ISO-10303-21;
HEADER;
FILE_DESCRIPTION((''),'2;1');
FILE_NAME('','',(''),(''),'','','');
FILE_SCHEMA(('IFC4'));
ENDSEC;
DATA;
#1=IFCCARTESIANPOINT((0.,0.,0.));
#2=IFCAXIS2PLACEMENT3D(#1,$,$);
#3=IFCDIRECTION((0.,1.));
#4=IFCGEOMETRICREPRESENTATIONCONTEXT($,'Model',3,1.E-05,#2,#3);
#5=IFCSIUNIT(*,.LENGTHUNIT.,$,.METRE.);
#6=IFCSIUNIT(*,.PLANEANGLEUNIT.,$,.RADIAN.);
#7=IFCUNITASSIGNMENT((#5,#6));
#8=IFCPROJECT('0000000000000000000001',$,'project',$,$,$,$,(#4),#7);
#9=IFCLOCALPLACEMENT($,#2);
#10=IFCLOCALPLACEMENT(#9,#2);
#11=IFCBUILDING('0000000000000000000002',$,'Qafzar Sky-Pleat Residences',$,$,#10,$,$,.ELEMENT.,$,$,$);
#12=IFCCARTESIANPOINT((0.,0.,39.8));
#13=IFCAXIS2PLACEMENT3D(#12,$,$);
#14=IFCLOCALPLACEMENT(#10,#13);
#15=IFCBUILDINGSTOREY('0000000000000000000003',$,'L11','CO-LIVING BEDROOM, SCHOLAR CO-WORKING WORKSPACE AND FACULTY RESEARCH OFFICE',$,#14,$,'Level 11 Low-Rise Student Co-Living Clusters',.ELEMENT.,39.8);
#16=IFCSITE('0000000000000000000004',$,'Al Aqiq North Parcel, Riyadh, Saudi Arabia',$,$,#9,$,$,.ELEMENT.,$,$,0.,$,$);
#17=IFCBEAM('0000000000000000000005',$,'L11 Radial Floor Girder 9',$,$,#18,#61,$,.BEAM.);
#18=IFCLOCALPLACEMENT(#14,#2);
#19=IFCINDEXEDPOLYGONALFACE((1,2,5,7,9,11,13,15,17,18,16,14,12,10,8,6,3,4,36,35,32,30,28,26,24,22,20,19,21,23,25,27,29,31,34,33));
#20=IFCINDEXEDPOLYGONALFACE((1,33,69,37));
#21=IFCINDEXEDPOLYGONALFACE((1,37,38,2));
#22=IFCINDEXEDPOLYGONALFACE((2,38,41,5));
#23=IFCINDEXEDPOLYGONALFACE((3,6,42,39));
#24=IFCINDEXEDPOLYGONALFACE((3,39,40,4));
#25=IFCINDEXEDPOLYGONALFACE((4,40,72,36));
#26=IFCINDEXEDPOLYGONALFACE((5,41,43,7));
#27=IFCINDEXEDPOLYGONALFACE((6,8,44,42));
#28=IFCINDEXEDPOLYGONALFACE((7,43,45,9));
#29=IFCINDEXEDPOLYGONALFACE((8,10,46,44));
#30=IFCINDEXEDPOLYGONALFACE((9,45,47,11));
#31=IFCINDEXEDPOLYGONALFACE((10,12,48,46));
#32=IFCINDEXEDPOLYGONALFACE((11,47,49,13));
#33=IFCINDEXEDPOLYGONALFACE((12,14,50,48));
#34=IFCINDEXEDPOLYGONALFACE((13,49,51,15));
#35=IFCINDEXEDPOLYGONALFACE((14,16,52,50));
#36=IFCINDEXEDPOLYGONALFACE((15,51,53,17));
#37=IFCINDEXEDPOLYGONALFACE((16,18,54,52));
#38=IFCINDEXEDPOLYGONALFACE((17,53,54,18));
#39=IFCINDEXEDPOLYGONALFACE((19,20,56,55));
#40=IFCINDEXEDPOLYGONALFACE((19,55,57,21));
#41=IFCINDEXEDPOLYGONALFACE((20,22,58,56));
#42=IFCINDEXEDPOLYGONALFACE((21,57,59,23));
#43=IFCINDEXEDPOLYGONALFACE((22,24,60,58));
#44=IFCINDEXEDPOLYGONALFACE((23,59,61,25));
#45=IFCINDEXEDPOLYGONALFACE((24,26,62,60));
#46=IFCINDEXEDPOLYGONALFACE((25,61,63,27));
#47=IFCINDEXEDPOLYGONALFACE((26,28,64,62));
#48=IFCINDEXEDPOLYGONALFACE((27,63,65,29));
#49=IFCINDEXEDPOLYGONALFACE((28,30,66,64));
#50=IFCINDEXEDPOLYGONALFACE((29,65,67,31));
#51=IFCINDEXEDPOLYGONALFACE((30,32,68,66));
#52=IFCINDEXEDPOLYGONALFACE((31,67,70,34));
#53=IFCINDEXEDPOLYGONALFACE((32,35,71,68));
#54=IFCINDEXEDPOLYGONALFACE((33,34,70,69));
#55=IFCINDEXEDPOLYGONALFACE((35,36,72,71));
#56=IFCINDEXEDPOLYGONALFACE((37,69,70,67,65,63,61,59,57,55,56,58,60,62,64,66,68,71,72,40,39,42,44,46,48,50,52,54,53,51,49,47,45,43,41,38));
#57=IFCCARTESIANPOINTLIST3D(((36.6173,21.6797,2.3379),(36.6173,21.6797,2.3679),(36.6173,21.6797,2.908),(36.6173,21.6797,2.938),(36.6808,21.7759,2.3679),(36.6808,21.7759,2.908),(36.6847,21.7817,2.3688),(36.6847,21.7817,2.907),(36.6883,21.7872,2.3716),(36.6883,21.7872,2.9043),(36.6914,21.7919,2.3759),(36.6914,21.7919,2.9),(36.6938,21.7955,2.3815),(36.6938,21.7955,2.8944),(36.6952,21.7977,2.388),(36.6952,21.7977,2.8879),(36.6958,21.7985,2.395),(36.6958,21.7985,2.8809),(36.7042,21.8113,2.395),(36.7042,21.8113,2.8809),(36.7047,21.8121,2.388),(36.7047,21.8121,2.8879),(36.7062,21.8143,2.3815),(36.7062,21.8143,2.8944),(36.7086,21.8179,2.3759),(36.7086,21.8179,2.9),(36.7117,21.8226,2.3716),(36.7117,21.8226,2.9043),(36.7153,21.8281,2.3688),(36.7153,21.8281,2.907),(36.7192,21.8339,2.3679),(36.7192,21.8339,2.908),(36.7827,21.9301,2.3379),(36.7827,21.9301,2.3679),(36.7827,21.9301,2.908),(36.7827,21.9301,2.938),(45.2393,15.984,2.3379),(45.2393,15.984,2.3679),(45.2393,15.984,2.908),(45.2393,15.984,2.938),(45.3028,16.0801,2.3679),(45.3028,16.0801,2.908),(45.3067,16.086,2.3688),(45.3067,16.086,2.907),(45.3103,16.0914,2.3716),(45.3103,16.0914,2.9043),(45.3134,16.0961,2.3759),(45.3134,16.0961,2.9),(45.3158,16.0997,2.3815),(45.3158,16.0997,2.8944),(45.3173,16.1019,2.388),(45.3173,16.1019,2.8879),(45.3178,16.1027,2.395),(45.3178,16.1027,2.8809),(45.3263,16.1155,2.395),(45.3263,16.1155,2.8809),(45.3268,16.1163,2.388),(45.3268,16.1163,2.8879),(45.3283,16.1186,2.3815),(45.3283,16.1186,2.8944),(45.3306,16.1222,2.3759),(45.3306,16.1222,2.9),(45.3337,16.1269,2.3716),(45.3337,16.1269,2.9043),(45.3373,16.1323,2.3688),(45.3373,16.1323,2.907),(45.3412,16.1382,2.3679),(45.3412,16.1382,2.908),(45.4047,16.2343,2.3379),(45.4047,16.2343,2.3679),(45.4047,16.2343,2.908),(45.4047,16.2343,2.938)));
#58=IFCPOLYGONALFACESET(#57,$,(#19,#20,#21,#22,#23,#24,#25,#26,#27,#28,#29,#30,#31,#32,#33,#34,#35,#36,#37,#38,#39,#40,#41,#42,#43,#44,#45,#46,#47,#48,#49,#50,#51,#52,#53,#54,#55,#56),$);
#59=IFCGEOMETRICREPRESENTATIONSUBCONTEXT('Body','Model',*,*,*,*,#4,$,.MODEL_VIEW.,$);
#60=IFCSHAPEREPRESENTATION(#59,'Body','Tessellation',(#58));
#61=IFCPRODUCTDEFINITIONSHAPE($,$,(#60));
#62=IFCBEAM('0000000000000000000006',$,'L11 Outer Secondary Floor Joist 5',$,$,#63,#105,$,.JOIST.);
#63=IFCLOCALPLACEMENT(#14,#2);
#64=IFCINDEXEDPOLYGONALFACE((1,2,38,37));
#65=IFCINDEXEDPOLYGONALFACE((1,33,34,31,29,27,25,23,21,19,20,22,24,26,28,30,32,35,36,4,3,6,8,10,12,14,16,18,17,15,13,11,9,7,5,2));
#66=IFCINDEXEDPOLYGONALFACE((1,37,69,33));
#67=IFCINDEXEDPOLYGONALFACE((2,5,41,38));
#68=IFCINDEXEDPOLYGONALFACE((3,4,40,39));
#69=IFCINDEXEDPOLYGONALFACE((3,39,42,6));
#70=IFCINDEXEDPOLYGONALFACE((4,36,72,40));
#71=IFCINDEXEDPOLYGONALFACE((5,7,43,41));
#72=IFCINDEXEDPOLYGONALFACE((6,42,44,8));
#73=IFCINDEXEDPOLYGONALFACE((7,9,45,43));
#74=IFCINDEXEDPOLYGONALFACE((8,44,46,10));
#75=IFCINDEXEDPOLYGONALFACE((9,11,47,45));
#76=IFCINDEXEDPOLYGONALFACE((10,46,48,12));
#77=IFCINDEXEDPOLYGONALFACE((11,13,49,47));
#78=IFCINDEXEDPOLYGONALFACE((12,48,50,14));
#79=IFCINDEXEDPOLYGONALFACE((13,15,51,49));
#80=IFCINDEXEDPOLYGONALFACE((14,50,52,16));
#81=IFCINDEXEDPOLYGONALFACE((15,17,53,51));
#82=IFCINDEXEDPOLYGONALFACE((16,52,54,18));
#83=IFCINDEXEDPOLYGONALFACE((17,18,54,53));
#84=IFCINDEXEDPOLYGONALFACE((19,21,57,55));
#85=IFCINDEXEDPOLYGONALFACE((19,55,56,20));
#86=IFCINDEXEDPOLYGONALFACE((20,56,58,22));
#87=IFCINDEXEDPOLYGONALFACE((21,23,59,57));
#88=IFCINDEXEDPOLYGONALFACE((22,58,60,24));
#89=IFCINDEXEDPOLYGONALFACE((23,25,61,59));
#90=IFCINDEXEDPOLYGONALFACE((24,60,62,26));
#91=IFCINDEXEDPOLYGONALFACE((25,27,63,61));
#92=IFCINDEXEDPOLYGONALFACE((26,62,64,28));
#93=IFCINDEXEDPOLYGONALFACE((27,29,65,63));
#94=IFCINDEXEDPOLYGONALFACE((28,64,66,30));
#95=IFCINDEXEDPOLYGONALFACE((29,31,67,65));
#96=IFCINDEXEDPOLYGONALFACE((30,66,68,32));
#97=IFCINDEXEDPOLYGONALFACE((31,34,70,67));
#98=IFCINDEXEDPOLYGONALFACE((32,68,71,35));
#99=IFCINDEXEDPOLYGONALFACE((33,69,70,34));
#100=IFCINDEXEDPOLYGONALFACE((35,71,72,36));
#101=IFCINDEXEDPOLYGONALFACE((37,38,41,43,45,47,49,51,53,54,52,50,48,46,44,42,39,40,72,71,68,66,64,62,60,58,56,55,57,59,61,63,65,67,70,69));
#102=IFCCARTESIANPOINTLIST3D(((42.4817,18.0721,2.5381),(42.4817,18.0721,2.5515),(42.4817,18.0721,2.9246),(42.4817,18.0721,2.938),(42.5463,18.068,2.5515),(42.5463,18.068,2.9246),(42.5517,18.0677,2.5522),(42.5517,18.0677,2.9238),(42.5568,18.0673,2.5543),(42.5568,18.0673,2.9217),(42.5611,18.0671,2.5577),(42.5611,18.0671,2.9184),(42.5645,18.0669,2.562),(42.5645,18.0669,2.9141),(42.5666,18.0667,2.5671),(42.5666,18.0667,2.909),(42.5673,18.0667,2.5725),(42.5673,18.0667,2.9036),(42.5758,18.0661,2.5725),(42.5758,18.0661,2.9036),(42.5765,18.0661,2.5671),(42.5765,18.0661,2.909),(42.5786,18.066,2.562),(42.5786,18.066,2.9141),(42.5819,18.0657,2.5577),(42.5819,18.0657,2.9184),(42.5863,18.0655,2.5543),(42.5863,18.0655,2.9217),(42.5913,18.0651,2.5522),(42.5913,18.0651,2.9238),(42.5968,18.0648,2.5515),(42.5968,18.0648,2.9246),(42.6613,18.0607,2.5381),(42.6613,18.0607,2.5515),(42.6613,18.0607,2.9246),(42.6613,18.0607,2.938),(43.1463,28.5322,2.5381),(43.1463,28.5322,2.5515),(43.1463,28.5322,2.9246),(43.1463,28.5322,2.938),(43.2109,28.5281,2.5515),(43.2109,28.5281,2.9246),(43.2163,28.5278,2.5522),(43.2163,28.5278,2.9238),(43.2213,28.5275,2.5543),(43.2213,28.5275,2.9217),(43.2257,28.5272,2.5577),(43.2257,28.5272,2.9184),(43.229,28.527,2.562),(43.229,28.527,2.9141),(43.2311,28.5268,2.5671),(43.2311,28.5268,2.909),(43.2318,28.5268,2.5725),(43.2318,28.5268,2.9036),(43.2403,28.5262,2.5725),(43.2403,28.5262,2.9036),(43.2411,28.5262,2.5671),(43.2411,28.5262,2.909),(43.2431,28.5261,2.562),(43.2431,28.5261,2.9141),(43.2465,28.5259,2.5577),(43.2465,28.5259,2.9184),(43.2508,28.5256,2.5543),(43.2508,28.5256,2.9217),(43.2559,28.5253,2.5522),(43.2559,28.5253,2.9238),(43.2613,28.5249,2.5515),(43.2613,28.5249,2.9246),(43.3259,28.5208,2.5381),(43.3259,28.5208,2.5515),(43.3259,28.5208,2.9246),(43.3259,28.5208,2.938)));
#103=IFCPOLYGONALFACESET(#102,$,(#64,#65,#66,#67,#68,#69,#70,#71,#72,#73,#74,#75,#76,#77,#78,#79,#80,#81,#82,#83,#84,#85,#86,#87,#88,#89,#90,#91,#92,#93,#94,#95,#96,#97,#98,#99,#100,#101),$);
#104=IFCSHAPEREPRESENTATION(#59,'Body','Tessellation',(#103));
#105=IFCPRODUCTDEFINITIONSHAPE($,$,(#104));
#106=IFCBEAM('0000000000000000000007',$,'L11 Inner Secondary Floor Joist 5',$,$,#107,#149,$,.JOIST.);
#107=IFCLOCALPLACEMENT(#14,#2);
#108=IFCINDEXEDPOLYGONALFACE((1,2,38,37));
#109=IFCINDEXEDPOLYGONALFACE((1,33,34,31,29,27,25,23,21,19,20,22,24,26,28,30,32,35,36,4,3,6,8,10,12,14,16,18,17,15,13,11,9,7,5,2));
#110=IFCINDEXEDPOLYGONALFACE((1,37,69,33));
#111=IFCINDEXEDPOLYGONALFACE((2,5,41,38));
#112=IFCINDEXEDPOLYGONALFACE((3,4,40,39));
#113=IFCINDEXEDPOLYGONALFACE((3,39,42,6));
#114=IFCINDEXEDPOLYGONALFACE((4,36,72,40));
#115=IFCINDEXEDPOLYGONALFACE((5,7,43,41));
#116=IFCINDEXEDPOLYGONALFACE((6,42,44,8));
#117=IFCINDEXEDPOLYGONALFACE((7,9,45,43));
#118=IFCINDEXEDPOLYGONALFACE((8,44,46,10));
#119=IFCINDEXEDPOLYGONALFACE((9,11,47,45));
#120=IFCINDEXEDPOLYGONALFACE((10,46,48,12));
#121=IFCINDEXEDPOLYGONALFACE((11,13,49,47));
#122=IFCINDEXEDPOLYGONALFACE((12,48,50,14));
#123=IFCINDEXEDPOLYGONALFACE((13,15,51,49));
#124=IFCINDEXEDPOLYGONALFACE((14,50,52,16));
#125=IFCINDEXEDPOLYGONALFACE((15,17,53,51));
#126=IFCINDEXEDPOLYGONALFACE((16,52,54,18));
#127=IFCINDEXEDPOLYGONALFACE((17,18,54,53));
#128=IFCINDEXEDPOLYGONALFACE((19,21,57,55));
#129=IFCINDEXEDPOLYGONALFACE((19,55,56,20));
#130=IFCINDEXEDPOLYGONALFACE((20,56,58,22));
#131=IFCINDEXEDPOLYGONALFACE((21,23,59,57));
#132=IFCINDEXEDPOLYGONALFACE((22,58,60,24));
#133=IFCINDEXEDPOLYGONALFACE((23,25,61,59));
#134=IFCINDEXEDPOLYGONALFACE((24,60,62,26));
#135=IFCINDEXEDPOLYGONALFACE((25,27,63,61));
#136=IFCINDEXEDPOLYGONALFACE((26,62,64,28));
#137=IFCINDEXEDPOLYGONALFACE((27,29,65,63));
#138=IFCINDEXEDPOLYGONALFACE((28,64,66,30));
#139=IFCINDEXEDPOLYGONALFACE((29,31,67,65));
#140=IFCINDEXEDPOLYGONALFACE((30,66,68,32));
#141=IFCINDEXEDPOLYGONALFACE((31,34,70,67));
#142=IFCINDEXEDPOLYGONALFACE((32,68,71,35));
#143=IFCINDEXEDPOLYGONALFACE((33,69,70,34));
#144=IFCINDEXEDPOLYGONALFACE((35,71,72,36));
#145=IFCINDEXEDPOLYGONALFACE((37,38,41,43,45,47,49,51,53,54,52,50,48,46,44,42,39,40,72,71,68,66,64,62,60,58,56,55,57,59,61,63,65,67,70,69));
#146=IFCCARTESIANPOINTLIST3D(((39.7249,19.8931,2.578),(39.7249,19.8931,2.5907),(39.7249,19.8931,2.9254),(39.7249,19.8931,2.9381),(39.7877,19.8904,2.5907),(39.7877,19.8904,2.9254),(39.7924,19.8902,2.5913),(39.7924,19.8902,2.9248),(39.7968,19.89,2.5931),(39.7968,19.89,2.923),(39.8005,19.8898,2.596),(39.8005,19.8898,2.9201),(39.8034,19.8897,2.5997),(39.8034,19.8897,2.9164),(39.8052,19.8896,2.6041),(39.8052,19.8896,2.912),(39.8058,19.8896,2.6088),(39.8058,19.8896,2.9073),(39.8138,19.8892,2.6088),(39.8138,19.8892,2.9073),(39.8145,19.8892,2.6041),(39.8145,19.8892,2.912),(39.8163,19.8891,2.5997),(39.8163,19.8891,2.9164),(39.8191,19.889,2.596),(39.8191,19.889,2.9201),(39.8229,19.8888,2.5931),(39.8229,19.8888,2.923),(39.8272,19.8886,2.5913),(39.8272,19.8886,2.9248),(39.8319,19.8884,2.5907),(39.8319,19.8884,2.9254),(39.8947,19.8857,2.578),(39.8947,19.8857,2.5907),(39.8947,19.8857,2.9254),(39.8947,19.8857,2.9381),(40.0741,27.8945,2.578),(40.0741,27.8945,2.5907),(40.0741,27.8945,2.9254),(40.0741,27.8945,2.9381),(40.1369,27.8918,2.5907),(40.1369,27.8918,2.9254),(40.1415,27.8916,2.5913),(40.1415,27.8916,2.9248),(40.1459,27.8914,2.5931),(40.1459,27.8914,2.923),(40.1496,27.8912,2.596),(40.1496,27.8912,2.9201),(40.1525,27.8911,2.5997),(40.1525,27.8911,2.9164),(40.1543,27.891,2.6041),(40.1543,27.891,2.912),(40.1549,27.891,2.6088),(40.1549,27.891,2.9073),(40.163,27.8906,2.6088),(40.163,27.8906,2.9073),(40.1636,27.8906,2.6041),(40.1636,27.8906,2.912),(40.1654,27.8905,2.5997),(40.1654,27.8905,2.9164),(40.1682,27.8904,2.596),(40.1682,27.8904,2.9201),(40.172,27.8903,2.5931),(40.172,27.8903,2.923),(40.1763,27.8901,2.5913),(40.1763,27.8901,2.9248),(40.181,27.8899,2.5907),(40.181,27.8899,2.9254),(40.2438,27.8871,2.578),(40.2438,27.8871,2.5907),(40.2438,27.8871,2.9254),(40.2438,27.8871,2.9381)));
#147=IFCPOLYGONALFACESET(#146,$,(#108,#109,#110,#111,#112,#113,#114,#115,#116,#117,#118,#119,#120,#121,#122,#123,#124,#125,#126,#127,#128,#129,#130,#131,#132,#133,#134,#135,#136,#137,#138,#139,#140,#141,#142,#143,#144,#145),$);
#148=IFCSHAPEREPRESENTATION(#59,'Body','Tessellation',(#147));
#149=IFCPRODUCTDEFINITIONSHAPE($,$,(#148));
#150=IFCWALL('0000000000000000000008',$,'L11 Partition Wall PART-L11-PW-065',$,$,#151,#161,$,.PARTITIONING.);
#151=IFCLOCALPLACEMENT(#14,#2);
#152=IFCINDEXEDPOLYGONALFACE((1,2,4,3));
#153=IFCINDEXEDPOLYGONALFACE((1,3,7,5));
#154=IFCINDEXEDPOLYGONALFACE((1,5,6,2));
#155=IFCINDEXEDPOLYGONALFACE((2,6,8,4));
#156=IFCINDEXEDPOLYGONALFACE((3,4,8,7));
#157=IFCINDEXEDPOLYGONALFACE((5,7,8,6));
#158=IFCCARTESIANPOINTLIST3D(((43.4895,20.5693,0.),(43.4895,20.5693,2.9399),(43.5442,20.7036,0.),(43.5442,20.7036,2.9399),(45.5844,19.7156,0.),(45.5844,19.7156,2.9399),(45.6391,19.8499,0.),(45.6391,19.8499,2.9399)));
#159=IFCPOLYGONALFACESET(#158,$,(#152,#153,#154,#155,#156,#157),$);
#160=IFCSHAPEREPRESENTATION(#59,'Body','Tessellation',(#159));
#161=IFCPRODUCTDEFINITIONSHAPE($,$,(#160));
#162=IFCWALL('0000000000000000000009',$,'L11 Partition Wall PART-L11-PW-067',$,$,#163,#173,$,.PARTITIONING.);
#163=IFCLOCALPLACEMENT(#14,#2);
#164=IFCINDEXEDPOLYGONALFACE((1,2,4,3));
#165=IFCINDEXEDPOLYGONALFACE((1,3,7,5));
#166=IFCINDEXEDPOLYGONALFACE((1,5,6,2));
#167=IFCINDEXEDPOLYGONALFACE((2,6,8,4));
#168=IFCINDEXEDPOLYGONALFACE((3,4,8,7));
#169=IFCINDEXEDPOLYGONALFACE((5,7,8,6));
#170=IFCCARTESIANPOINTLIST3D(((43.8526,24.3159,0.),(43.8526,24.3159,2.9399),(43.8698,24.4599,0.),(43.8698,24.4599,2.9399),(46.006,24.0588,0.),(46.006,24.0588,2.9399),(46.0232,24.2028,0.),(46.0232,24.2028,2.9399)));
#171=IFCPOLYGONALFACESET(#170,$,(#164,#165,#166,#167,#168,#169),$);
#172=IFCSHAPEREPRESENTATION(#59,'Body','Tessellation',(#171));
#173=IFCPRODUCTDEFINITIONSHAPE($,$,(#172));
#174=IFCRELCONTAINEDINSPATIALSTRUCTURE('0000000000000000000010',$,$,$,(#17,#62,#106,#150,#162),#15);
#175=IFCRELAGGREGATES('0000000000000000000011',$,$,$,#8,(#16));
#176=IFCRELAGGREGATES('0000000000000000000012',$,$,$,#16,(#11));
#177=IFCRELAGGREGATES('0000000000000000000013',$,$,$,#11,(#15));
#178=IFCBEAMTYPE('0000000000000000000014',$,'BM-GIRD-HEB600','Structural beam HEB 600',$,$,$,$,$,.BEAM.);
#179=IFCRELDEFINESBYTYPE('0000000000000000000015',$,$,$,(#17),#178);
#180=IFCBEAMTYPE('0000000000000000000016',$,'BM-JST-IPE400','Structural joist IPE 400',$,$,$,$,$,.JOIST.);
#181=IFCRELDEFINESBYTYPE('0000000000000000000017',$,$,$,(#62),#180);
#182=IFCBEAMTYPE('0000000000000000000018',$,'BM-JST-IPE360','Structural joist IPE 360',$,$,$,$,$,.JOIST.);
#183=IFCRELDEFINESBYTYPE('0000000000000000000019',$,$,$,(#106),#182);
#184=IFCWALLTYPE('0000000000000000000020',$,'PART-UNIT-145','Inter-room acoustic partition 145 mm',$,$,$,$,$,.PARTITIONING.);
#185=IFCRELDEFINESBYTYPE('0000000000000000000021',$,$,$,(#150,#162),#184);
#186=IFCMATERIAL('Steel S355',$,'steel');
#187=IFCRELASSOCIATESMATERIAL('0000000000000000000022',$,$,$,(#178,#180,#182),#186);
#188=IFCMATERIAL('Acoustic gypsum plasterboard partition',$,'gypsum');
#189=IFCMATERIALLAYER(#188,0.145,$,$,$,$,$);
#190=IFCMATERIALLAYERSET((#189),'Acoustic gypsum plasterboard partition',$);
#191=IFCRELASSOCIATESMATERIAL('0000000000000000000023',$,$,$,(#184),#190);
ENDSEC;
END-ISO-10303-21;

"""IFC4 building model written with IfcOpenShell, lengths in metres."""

from ifc_helpers import new_model, si_unit, direction, frame, frame_2d, origin, origin_2d, place, context, subcontext, project, spatial, rectangle, i_section, extrude, source, transform, mapped, material, layer, layer_set, material_profile, profile_set, type_object, element, save


model = new_model("IFC4")

# Units and contexts
model_context = context("Model", 3, precision=1e-05, world=origin(), true_north=direction((0.0, 1.0)))
body_context = subcontext(model_context, "Body", "Model", "MODEL_VIEW")
ifc_project = project(units=[si_unit("LENGTHUNIT", "METRE"), si_unit("PLANEANGLEUNIT", "RADIAN")], contexts=[model_context])

# Site, building, storey
site_placement = place(None, origin())
site = spatial("IfcSite", under=ifc_project, at=site_placement, Name="Al Aqiq North Parcel, Riyadh, Saudi Arabia", CompositionType="ELEMENT", RefElevation=0.0)
building_placement = place(site_placement, origin())
building = spatial("IfcBuilding", under=site, at=building_placement, Name="Qafzar Sky-Pleat Residences", CompositionType="ELEMENT")
storey_placement = place(building_placement, frame((0.0, 0.0, 39.8)))
storey = spatial("IfcBuildingStorey", under=building, at=storey_placement, Name="L11", Description="CO-LIVING BEDROOM, SCHOLAR CO-WORKING WORKSPACE AND FACULTY RESEARCH OFFICE", LongName="Level 11 Low-Rise Student Co-Living Clusters", CompositionType="ELEMENT", Elevation=39.8)

# Beams
ifc_material_1 = material(Name="Steel S355", Category="steel")
ifc_material_profile_1 = material_profile(ifc_material_1, i_section(OverallWidth=0.3, OverallDepth=0.6001, WebThickness=0.0154, FlangeThickness=0.03, FilletRadius=0.0271, at=origin_2d()), Name="HEB 600")
ifc_profile_set_1 = profile_set([ifc_material_profile_1], Name="Steel S355")
beam_type_1 = type_object("IfcBeamType", Name="BM-GIRD-HEB600", Description="Structural beam HEB 600", PredefinedType="BEAM", material=ifc_profile_set_1)
shared_shape_1 = source(origin(), body_context, "Body", "SweptSolid", [
    extrude(i_section(OverallWidth=0.3, OverallDepth=0.6001, WebThickness=0.0154, FlangeThickness=0.03, FilletRadius=0.0271, at=origin_2d()), origin(), (0.0, 0.0, 1.0), 10.3335),
])
beam_1_placement = place(storey_placement, frame((45.322, 16.1091, 2.6379), z_axis=(-0.834376, 0.551195, 0.0), x_axis=(-0.551195, -0.834376, 0.0)))
element("IfcBeam", 1, at=beam_1_placement, inside=storey, type_object=beam_type_1, Name="L11 Radial Floor Girder 9", PredefinedType="BEAM", context=body_context, shape_type="MappedRepresentation", body=[
    mapped(shared_shape_1, transform((0.0, 0.0, 0.0), x_axis=(1.0, 0.0, 0.0), y_axis=(0.0, 1.0, 0.0), z_axis=(0.0, 0.0, 1.0), scale=1.0)),
])
ifc_material_profile_2 = material_profile(ifc_material_1, i_section(OverallWidth=0.1799, OverallDepth=0.3999, WebThickness=0.0085, FlangeThickness=0.0134, FilletRadius=0.021, at=origin_2d()), Name="IPE 400")
ifc_profile_set_2 = profile_set([ifc_material_profile_2], Name="Steel S355")
beam_type_2 = type_object("IfcBeamType", Name="BM-JST-IPE400", Description="Structural joist IPE 400", PredefinedType="JOIST", material=ifc_profile_set_2)
shared_shape_2 = source(origin(), body_context, "Body", "SweptSolid", [
    extrude(i_section(OverallWidth=0.1799, OverallDepth=0.3999, WebThickness=0.0085, FlangeThickness=0.0134, FilletRadius=0.021, at=origin_2d()), origin(), (0.0, 0.0, 1.0), 10.4812),
])
beam_2_placement = place(storey_placement, frame((42.5715, 18.0664, 2.738), z_axis=(0.063404, 0.997988, 0.0), x_axis=(-0.997988, 0.063404, 0.0)))
element("IfcBeam", 2, at=beam_2_placement, inside=storey, type_object=beam_type_2, Name="L11 Outer Secondary Floor Joist 5", PredefinedType="JOIST", context=body_context, shape_type="MappedRepresentation", body=[
    mapped(shared_shape_2, transform((0.0, 0.0, 0.0), x_axis=(1.0, 0.0, 0.0), y_axis=(0.0, 1.0, 0.0), z_axis=(0.0, 0.0, 1.0), scale=1.0)),
])
ifc_material_profile_3 = material_profile(ifc_material_1, i_section(OverallWidth=0.1699, OverallDepth=0.3601, WebThickness=0.0081, FlangeThickness=0.0127, FilletRadius=0.0181, at=origin_2d()), Name="IPE 360")
ifc_profile_set_3 = profile_set([ifc_material_profile_3], Name="Steel S355")
beam_type_3 = type_object("IfcBeamType", Name="BM-JST-IPE360", Description="Structural joist IPE 360", PredefinedType="JOIST", material=ifc_profile_set_3)
shared_shape_3 = source(origin(), body_context, "Body", "SweptSolid", [
    extrude(i_section(OverallWidth=0.1699, OverallDepth=0.3601, WebThickness=0.0081, FlangeThickness=0.0127, FilletRadius=0.0181, at=origin_2d()), origin(), (0.0, 0.0, 1.0), 8.009),
])
beam_3_placement = place(storey_placement, frame((39.8098, 19.8894, 2.7581), z_axis=(0.043591, 0.999049, 0.0), x_axis=(-0.999049, 0.043591, 0.0)))
element("IfcBeam", 3, at=beam_3_placement, inside=storey, type_object=beam_type_3, Name="L11 Inner Secondary Floor Joist 5", PredefinedType="JOIST", context=body_context, shape_type="MappedRepresentation", body=[
    mapped(shared_shape_3, transform((0.0, 0.0, 0.0), x_axis=(1.0, 0.0, 0.0), y_axis=(0.0, 1.0, 0.0), z_axis=(0.0, 0.0, 1.0), scale=1.0)),
])

# Walls
ifc_material_2 = material(Name="Acoustic gypsum plasterboard partition", Category="gypsum")
ifc_layer_1 = layer(ifc_material_2, 0.145)
ifc_layer_set_1 = layer_set([ifc_layer_1], Name="Acoustic gypsum plasterboard partition")
wall_type_1 = type_object("IfcWallType", Name="PART-UNIT-145", Description="Inter-room acoustic partition 145 mm", PredefinedType="PARTITIONING", material=ifc_layer_set_1)
wall_1_placement = place(storey_placement, frame((43.5168, 20.6365, 0.0), z_axis=(0.0, 0.0, 1.0), x_axis=(0.926053, -0.377393, 0.0)))
element("IfcWall", 4, at=wall_1_placement, inside=storey, type_object=wall_type_1, Name="L11 Partition Wall PART-L11-PW-065", PredefinedType="PARTITIONING", context=body_context, shape_type="SweptSolid", body=[
    extrude(rectangle(XDim=2.2622, YDim=0.145, at=frame_2d((1.1311, 0.0))), origin(), (0.0, 0.0, 1.0), 2.9399),
])
wall_2_placement = place(storey_placement, frame((43.8611, 24.3879, 0.0), z_axis=(0.0, 0.0, 1.0), x_axis=(0.992949, -0.118546, 0.0)))
element("IfcWall", 5, at=wall_2_placement, inside=storey, type_object=wall_type_1, Name="L11 Partition Wall PART-L11-PW-067", PredefinedType="PARTITIONING", context=body_context, shape_type="SweptSolid", body=[
    extrude(rectangle(XDim=2.1687, YDim=0.145, at=frame_2d((1.0845, 0.0))), origin(), (0.0, 0.0, 1.0), 2.9399),
])

save(model, "model.ifc")
